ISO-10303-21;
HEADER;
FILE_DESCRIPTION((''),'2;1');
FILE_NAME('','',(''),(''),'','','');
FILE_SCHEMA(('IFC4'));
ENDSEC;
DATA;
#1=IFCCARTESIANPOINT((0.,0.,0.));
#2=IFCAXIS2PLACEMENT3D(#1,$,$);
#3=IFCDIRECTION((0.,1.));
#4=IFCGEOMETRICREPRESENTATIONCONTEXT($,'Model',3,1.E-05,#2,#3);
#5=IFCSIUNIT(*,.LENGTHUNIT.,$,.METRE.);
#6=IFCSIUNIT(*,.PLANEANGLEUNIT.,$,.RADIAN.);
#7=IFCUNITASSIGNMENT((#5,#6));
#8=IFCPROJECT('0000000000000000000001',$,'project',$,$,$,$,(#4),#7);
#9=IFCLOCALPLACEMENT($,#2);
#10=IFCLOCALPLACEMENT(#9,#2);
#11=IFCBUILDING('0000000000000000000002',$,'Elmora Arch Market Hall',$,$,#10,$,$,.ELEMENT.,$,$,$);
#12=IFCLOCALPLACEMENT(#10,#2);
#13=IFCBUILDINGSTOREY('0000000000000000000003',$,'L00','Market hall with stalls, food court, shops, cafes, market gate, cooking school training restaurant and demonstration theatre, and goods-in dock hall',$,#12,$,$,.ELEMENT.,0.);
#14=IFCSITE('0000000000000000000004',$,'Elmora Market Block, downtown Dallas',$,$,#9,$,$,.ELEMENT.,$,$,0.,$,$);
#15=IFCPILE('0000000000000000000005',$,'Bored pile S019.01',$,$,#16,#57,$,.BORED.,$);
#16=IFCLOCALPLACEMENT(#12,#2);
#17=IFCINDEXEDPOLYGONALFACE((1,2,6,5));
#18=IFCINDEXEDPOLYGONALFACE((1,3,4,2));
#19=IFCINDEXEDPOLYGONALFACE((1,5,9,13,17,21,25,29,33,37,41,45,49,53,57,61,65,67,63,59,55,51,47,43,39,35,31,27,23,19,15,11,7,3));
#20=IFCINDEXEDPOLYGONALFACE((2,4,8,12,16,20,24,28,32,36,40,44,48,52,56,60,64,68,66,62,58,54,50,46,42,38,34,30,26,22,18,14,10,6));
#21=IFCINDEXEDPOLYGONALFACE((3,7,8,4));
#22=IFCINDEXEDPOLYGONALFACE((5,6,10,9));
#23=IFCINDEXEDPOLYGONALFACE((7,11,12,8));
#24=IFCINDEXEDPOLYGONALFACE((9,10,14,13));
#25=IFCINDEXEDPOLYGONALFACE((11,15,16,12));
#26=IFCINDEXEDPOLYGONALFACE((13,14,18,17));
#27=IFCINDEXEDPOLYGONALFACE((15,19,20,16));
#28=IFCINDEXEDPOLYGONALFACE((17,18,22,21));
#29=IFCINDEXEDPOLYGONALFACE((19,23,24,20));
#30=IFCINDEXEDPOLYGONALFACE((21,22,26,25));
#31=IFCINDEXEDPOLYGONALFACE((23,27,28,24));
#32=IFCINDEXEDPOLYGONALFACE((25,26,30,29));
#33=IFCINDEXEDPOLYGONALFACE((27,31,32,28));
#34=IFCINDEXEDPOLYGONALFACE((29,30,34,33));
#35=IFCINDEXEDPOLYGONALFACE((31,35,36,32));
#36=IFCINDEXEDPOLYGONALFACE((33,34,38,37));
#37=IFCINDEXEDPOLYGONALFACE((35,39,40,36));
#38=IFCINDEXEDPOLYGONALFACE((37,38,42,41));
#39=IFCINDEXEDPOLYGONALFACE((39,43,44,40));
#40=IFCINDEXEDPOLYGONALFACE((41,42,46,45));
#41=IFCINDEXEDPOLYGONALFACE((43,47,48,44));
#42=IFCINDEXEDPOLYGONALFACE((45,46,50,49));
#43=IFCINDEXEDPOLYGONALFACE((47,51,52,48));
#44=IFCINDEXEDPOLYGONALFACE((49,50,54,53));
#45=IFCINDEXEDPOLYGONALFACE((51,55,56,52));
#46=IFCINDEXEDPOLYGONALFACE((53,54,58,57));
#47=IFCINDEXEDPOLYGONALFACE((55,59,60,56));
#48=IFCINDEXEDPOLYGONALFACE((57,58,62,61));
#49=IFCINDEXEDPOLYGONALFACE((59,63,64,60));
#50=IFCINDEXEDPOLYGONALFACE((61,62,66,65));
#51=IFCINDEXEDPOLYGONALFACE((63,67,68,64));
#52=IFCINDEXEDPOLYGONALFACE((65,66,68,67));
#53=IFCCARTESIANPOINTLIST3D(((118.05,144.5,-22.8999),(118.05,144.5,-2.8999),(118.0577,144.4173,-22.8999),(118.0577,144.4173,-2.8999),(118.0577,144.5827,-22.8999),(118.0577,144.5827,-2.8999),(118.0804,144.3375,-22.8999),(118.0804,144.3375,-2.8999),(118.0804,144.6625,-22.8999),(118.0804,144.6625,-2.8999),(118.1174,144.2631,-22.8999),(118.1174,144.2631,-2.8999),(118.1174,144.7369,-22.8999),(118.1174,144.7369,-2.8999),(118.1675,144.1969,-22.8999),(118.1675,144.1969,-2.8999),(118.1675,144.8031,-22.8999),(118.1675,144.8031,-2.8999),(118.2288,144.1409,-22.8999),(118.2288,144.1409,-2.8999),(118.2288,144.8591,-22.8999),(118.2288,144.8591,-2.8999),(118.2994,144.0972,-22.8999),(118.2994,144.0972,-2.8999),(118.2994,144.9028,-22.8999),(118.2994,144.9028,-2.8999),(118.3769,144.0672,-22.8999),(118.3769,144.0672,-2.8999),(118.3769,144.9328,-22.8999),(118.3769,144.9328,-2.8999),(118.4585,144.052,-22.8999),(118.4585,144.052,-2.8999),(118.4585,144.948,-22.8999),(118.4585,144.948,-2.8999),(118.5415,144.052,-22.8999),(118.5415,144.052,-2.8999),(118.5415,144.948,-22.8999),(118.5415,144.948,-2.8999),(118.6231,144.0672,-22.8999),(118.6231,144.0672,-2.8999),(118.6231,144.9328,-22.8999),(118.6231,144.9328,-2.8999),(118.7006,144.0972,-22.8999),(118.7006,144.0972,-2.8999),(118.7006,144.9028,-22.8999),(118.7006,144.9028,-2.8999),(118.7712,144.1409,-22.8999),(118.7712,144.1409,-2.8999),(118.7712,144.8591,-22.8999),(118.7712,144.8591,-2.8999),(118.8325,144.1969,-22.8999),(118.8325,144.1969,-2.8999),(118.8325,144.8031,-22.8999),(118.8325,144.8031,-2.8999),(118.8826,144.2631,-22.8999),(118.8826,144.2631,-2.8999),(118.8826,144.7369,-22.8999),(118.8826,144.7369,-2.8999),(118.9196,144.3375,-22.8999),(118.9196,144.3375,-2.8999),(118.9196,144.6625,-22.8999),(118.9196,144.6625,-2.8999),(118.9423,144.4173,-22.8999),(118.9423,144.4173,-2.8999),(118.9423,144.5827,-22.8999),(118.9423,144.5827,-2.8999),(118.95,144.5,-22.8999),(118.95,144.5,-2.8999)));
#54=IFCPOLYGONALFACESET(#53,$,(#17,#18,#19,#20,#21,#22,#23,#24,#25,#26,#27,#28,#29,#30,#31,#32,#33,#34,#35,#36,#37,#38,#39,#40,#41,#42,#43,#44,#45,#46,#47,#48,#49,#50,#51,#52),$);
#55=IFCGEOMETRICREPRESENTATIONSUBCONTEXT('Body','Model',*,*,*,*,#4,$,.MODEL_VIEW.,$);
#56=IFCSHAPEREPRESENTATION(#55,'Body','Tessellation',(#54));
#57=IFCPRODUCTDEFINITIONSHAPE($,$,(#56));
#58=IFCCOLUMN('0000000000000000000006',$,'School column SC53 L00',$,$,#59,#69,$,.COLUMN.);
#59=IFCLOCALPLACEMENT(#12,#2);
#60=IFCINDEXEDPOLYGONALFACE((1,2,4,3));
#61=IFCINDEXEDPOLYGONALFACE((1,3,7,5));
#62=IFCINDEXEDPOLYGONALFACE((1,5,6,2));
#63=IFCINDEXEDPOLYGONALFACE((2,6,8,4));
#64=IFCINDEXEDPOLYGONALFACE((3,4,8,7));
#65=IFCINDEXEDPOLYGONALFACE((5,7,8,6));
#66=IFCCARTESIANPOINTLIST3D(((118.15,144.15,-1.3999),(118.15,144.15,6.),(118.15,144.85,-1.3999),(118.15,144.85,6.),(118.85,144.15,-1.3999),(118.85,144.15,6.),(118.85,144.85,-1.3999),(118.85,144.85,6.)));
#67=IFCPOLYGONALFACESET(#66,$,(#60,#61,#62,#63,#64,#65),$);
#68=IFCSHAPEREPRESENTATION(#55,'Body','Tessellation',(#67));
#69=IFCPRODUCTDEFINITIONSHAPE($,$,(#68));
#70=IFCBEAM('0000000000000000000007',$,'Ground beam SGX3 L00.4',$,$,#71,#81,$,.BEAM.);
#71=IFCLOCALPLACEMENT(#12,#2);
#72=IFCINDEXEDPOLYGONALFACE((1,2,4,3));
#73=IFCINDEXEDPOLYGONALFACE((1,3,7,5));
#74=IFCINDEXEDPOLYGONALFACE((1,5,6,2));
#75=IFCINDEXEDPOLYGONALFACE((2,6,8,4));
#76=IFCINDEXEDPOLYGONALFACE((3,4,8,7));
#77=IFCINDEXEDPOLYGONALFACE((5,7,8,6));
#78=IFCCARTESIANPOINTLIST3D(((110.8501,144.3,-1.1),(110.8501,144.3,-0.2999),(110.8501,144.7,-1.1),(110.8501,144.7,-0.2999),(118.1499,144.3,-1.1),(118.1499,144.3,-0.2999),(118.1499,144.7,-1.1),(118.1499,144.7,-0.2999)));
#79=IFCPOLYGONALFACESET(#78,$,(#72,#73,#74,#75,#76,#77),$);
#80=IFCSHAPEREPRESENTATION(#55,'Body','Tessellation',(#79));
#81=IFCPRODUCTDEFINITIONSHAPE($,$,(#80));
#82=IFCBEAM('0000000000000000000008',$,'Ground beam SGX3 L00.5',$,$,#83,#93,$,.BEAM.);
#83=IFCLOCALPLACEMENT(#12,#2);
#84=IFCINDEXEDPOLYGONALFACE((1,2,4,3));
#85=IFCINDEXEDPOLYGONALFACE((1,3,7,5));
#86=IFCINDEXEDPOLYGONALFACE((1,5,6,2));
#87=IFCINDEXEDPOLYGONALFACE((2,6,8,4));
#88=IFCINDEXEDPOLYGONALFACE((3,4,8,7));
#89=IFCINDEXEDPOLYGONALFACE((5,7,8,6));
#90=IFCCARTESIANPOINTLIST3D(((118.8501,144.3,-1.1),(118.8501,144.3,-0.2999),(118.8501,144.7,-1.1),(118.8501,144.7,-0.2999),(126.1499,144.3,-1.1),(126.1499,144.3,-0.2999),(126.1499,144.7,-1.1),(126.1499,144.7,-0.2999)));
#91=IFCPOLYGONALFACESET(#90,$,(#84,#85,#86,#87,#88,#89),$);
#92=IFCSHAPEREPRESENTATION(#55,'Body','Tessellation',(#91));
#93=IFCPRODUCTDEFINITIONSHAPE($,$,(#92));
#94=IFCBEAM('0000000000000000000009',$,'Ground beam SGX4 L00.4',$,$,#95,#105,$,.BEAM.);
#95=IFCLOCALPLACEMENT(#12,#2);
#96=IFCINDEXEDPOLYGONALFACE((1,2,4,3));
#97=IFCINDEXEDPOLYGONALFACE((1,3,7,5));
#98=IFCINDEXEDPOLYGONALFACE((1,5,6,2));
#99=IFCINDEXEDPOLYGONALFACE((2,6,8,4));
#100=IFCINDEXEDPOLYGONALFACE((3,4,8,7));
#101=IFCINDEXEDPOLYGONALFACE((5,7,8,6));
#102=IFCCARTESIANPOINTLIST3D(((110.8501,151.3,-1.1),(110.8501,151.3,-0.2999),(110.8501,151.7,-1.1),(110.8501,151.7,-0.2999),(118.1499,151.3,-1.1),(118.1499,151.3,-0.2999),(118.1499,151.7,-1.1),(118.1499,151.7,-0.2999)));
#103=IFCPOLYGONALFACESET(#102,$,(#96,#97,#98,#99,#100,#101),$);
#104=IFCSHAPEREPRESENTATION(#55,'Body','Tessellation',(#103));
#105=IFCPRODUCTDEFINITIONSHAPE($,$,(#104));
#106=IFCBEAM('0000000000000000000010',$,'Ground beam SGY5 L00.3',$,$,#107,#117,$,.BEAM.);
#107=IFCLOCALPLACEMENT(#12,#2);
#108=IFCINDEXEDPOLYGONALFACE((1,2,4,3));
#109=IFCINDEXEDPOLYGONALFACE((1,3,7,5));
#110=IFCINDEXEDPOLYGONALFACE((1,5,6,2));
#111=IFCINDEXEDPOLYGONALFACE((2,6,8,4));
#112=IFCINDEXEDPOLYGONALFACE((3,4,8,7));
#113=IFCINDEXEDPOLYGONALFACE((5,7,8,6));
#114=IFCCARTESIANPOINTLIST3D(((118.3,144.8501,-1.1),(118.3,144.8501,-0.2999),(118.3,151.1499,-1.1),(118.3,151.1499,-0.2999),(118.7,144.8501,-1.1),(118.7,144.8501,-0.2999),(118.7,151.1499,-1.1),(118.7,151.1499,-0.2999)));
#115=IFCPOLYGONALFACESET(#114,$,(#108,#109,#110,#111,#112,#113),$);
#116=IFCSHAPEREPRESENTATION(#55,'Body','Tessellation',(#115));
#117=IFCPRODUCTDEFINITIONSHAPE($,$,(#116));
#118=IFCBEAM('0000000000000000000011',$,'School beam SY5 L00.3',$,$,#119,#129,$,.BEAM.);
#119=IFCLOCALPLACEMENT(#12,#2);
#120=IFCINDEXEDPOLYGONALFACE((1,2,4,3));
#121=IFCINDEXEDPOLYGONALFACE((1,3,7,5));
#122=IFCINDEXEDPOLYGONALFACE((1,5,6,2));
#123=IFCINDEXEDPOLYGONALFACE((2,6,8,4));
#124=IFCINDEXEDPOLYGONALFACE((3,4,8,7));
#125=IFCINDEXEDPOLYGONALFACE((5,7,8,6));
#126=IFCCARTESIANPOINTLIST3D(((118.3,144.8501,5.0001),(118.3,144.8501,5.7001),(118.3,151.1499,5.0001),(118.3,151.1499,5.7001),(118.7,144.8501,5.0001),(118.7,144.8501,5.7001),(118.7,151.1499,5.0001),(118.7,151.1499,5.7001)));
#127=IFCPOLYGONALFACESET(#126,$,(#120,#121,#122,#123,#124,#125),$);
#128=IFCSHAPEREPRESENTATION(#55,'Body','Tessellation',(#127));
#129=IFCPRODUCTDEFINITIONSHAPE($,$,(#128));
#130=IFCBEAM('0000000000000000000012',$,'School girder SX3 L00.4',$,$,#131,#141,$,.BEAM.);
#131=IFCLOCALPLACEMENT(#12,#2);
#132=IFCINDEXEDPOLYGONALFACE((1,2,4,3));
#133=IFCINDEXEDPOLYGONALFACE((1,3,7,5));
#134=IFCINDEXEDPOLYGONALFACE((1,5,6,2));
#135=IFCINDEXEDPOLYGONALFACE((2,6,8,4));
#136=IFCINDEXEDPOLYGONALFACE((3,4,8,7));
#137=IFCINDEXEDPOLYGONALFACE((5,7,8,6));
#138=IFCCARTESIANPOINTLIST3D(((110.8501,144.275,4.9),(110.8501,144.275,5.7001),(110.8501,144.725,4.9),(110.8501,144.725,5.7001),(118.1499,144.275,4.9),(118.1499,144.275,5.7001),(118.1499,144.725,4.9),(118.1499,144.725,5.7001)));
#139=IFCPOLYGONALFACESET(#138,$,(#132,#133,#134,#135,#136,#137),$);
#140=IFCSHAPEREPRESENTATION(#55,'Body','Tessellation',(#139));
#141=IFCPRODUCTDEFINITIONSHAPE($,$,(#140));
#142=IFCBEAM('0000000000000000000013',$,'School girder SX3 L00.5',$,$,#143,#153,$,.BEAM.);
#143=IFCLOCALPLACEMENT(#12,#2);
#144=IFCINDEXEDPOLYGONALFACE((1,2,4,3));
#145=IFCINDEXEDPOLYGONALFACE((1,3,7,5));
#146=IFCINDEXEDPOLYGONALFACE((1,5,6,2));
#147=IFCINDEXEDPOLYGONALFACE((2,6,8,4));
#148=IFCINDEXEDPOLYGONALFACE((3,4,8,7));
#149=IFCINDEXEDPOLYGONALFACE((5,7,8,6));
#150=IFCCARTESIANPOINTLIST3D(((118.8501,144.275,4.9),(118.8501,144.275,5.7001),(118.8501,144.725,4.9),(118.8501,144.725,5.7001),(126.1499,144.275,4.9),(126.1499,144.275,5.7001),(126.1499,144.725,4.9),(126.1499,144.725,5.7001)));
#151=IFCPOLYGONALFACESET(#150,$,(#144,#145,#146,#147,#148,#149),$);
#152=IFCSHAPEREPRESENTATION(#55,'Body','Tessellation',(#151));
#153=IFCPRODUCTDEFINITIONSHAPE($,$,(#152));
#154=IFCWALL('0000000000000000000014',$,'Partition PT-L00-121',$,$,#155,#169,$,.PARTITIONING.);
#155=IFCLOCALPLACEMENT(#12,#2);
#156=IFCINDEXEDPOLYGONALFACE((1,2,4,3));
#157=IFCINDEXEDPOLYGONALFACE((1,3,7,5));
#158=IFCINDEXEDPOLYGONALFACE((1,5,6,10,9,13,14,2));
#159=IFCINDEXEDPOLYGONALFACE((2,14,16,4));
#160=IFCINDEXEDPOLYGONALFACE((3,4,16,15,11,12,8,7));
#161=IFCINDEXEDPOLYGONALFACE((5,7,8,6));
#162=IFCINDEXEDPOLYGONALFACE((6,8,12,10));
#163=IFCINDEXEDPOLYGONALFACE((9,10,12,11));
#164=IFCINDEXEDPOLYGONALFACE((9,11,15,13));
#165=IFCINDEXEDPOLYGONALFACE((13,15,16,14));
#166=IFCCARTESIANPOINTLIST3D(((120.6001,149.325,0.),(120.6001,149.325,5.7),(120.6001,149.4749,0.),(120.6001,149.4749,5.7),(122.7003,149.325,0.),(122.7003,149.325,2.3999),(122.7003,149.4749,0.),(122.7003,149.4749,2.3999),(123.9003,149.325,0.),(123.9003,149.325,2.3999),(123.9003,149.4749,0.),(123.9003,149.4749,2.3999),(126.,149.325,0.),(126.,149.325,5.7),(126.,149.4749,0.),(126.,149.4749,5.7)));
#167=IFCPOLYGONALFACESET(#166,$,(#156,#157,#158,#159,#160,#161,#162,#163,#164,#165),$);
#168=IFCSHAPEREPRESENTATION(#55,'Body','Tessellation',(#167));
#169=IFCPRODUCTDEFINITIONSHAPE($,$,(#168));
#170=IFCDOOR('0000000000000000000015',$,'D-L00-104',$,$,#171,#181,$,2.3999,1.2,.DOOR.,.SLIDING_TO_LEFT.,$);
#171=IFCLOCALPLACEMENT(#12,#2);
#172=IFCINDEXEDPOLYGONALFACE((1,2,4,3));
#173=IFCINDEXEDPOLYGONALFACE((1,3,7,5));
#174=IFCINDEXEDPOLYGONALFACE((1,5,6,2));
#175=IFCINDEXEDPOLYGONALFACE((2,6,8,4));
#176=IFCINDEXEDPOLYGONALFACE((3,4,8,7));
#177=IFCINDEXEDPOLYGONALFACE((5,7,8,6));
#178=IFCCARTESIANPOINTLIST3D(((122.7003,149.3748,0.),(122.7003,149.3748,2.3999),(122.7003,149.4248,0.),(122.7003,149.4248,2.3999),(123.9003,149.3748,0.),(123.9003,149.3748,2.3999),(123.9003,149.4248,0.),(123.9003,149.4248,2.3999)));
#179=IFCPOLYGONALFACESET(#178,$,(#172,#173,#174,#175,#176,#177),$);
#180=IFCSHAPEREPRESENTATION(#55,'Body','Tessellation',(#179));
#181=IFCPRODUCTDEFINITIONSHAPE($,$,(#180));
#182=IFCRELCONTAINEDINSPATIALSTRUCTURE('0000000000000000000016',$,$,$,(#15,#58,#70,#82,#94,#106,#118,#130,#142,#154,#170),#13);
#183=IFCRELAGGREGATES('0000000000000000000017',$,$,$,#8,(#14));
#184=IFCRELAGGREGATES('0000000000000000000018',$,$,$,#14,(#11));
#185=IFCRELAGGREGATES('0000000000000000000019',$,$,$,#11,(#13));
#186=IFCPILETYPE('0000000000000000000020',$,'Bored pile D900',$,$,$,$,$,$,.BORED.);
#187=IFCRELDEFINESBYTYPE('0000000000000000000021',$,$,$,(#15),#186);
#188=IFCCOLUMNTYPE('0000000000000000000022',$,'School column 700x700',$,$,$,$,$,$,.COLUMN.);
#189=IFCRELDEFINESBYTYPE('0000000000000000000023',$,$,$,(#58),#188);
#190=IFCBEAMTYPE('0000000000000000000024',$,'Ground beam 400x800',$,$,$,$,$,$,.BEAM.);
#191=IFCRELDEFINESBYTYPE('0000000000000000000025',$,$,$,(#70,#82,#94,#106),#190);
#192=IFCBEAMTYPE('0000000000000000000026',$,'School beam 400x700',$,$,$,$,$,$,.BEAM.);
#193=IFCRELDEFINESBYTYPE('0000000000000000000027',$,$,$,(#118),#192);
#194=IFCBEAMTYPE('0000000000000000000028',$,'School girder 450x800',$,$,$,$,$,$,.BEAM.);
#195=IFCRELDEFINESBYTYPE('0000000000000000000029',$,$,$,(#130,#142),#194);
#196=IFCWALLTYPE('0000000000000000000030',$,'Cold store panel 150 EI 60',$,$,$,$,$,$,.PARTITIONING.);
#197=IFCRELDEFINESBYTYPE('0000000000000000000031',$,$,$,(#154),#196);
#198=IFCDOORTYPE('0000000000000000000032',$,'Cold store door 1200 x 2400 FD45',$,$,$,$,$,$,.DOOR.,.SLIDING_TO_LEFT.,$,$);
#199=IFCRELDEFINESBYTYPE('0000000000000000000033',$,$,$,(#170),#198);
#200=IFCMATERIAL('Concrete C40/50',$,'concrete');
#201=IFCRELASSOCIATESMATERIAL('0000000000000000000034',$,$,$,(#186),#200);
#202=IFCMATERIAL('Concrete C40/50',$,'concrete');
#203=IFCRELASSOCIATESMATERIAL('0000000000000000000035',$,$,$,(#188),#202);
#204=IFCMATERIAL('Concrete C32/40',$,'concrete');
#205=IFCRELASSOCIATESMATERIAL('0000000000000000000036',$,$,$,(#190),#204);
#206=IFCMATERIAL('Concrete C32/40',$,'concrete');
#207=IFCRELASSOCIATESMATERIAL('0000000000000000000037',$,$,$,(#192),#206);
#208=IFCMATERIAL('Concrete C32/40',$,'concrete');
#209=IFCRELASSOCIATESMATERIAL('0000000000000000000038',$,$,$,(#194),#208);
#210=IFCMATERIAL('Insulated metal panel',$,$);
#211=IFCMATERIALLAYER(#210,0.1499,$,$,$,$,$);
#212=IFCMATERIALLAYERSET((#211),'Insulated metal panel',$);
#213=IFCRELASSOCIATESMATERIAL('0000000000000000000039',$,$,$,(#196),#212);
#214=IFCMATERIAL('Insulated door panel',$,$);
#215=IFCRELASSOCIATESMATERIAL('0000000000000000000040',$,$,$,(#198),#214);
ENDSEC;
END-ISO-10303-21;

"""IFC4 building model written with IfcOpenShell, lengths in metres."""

from ifc_helpers import new_model, si_unit, direction, frame, frame_2d, origin, origin_2d, place, context, subcontext, project, spatial, rectangle, circle, extrude, material, layer, layer_set, material_profile, profile_set, type_object, element, fill, save


model = new_model("IFC4")

# Units and contexts
model_context = context("Model", 3, precision=1e-05, world=origin(), true_north=direction((0.0, 1.0)))
body_context = subcontext(model_context, "Body", "Model", "MODEL_VIEW")
ifc_project = project(units=[si_unit("LENGTHUNIT", "METRE"), si_unit("PLANEANGLEUNIT", "RADIAN")], contexts=[model_context])

# Site, building, storey
site_placement = place(None, origin())
site = spatial("IfcSite", under=ifc_project, at=site_placement, Name="Elmora Market Block, downtown Dallas", CompositionType="ELEMENT", RefElevation=0.0)
building_placement = place(site_placement, origin())
building = spatial("IfcBuilding", under=site, at=building_placement, Name="Elmora Arch Market Hall", CompositionType="ELEMENT")
storey_placement = place(building_placement, origin())
storey = spatial("IfcBuildingStorey", under=building, at=storey_placement, Name="L00", Description="Market hall with stalls, food court, shops, cafes, market gate, cooking school training restaurant and demonstration theatre, and goods-in dock hall", CompositionType="ELEMENT", Elevation=0.0)

# Pile
ifc_material_1 = material(Name="Concrete C40/50", Category="concrete")
ifc_material_profile_1 = material_profile(ifc_material_1, circle(Radius=0.45, at=origin_2d()), Name="Bored pile D900")
ifc_profile_set_1 = profile_set([ifc_material_profile_1], Name="Concrete C40/50")
pile_type = type_object("IfcPileType", Name="Bored pile D900", PredefinedType="BORED", material=ifc_profile_set_1)
pile_placement = place(storey_placement, frame((118.5, 144.5, -2.8999), z_axis=(0.0, 0.0, -1.0), x_axis=(1.0, 0.0, 0.0)))
element("IfcPile", 1, at=pile_placement, inside=storey, type_object=pile_type, Name="Bored pile S019.01", PredefinedType="BORED", context=body_context, shape_type="SweptSolid", body=[
    extrude(circle(Radius=0.45, at=origin_2d()), origin(), (0.0, 0.0, 1.0), 20.0),
])

# Column
ifc_material_2 = material(Name="Concrete C40/50", Category="concrete")
ifc_material_profile_2 = material_profile(ifc_material_2, rectangle(XDim=0.7, YDim=0.7, at=origin_2d()), Name="School column 700x700")
ifc_profile_set_2 = profile_set([ifc_material_profile_2], Name="Concrete C40/50")
column_type = type_object("IfcColumnType", Name="School column 700x700", PredefinedType="COLUMN", material=ifc_profile_set_2)
column_placement = place(storey_placement, frame((118.5, 144.5, -1.3999), z_axis=(0.0, 0.0, 1.0), x_axis=(1.0, 0.0, 0.0)))
element("IfcColumn", 2, at=column_placement, inside=storey, type_object=column_type, Name="School column SC53 L00", PredefinedType="COLUMN", context=body_context, shape_type="SweptSolid", body=[
    extrude(rectangle(XDim=0.7, YDim=0.7, at=origin_2d()), origin(), (0.0, 0.0, 1.0), 7.3999),
])

# Beams
ifc_material_3 = material(Name="Concrete C32/40", Category="concrete")
ifc_material_profile_3 = material_profile(ifc_material_3, rectangle(XDim=0.3999, YDim=0.8, at=origin_2d()), Name="Ground beam 400x800")
ifc_profile_set_3 = profile_set([ifc_material_profile_3], Name="Concrete C32/40")
beam_type_1 = type_object("IfcBeamType", Name="Ground beam 400x800", PredefinedType="BEAM", material=ifc_profile_set_3)
for number, where, z_axis, x_axis, name in (
    (3, (110.8501, 144.5, -0.7), (1.0, 0.0, 0.0), (0.0, 1.0, 0.0), "Ground beam SGX3 L00.4"),
    (4, (118.8501, 144.5, -0.7), (1.0, 0.0, 0.0), (0.0, 1.0, 0.0), "Ground beam SGX3 L00.5"),
    (5, (110.8501, 151.5, -0.7), (1.0, 0.0, 0.0), (0.0, 1.0, 0.0), "Ground beam SGX4 L00.4"),
):
    element("IfcBeam", number, at=place(storey_placement, frame(where, z_axis=z_axis, x_axis=x_axis)), inside=storey, type_object=beam_type_1, Name=name, PredefinedType="BEAM", context=body_context, shape_type="SweptSolid", body=[
        extrude(rectangle(XDim=0.3999, YDim=0.8, at=origin_2d()), origin(), (0.0, 0.0, 1.0), 7.2998),
    ])
beam_1_placement = place(storey_placement, frame((118.5, 144.8501, -0.7), z_axis=(0.0, 1.0, 0.0), x_axis=(-1.0, 0.0, 0.0)))
element("IfcBeam", 6, at=beam_1_placement, inside=storey, type_object=beam_type_1, Name="Ground beam SGY5 L00.3", PredefinedType="BEAM", context=body_context, shape_type="SweptSolid", body=[
    extrude(rectangle(XDim=0.3999, YDim=0.8, at=origin_2d()), origin(), (0.0, 0.0, 1.0), 6.2998),
])
ifc_material_4 = material(Name="Concrete C32/40", Category="concrete")
ifc_material_profile_4 = material_profile(ifc_material_4, rectangle(XDim=0.3999, YDim=0.7, at=origin_2d()), Name="School beam 400x700")
ifc_profile_set_4 = profile_set([ifc_material_profile_4], Name="Concrete C32/40")
beam_type_2 = type_object("IfcBeamType", Name="School beam 400x700", PredefinedType="BEAM", material=ifc_profile_set_4)
beam_2_placement = place(storey_placement, frame((118.5, 144.8501, 5.3501), z_axis=(0.0, 1.0, 0.0), x_axis=(-1.0, 0.0, 0.0)))
element("IfcBeam", 7, at=beam_2_placement, inside=storey, type_object=beam_type_2, Name="School beam SY5 L00.3", PredefinedType="BEAM", context=body_context, shape_type="SweptSolid", body=[
    extrude(rectangle(XDim=0.3999, YDim=0.7, at=origin_2d()), origin(), (0.0, 0.0, 1.0), 6.2998),
])
ifc_material_5 = material(Name="Concrete C32/40", Category="concrete")
ifc_material_profile_5 = material_profile(ifc_material_5, rectangle(XDim=0.45, YDim=0.8, at=origin_2d()), Name="School girder 450x800")
ifc_profile_set_5 = profile_set([ifc_material_profile_5], Name="Concrete C32/40")
beam_type_3 = type_object("IfcBeamType", Name="School girder 450x800", PredefinedType="BEAM", material=ifc_profile_set_5)
for number, where, z_axis, x_axis, name in (
    (8, (110.8501, 144.5, 5.3), (1.0, 0.0, 0.0), (0.0, 1.0, 0.0), "School girder SX3 L00.4"),
    (9, (118.8501, 144.5, 5.3), (1.0, 0.0, 0.0), (0.0, 1.0, 0.0), "School girder SX3 L00.5"),
):
    element("IfcBeam", number, at=place(storey_placement, frame(where, z_axis=z_axis, x_axis=x_axis)), inside=storey, type_object=beam_type_3, Name=name, PredefinedType="BEAM", context=body_context, shape_type="SweptSolid", body=[
        extrude(rectangle(XDim=0.45, YDim=0.8, at=origin_2d()), origin(), (0.0, 0.0, 1.0), 7.2998),
    ])

# Wall, opening, door
ifc_material_6 = material(Name="Insulated metal panel")
ifc_layer_1 = layer(ifc_material_6, 0.1499)
ifc_layer_set_1 = layer_set([ifc_layer_1], Name="Insulated metal panel")
wall_type_1 = type_object("IfcWallType", Name="Cold store panel 150 EI 60", PredefinedType="PARTITIONING", material=ifc_layer_set_1)
wall_1_placement = place(storey_placement, frame((120.6001, 149.3999, 0.0), z_axis=(0.0, 0.0, 1.0), x_axis=(1.0, 0.0, 0.0)))
wall_1 = element("IfcWall", 10, at=wall_1_placement, inside=storey, type_object=wall_type_1, Name="Partition PT-L00-121", PredefinedType="PARTITIONING", context=body_context, shape_type="SweptSolid", body=[
    extrude(rectangle(XDim=5.3999, YDim=0.1499, at=frame_2d((2.7, 0.0))), origin(), (0.0, 0.0, 1.0), 5.7),
])
opening_1_placement = place(wall_1_placement, frame((2.1001, 0.0, 0.0)))
opening_1 = element("IfcOpeningElement", 11, at=opening_1_placement, cuts=wall_1, PredefinedType="OPENING", context=body_context, shape_type="SweptSolid", body=[
    extrude(rectangle(XDim=1.2, YDim=2.3999, at=frame_2d((0.6001, 1.2))), frame((0.0, 0.085, 0.0), z_axis=(0.0, -1.0, 0.0), x_axis=(1.0, 0.0, 0.0)), (0.0, 0.0, 1.0), 0.1699),
])
ifc_material_7 = material(Name="Insulated door panel")
door_type_1 = type_object("IfcDoorType", Name="Cold store door 1200 x 2400 FD45", OperationType="SLIDING_TO_LEFT", PredefinedType="DOOR", material=ifc_material_7)
door_1_placement = place(opening_1_placement, origin())
door_1 = element("IfcDoor", 12, at=door_1_placement, inside=storey, type_object=door_type_1, Name="D-L00-104", OperationType="SLIDING_TO_LEFT", OverallHeight=2.3999, OverallWidth=1.2, PredefinedType="DOOR", context=body_context, shape_type="SweptSolid", body=[
    extrude(rectangle(XDim=1.2, YDim=2.3999, at=frame_2d((0.6001, 1.2))), frame((0.0, 0.0249, 0.0), z_axis=(0.0, -1.0, 0.0), x_axis=(1.0, 0.0, 0.0)), (0.0, 0.0, 1.0), 0.05),
])
fill(opening_1, door_1)

save(model, "model.ifc")
